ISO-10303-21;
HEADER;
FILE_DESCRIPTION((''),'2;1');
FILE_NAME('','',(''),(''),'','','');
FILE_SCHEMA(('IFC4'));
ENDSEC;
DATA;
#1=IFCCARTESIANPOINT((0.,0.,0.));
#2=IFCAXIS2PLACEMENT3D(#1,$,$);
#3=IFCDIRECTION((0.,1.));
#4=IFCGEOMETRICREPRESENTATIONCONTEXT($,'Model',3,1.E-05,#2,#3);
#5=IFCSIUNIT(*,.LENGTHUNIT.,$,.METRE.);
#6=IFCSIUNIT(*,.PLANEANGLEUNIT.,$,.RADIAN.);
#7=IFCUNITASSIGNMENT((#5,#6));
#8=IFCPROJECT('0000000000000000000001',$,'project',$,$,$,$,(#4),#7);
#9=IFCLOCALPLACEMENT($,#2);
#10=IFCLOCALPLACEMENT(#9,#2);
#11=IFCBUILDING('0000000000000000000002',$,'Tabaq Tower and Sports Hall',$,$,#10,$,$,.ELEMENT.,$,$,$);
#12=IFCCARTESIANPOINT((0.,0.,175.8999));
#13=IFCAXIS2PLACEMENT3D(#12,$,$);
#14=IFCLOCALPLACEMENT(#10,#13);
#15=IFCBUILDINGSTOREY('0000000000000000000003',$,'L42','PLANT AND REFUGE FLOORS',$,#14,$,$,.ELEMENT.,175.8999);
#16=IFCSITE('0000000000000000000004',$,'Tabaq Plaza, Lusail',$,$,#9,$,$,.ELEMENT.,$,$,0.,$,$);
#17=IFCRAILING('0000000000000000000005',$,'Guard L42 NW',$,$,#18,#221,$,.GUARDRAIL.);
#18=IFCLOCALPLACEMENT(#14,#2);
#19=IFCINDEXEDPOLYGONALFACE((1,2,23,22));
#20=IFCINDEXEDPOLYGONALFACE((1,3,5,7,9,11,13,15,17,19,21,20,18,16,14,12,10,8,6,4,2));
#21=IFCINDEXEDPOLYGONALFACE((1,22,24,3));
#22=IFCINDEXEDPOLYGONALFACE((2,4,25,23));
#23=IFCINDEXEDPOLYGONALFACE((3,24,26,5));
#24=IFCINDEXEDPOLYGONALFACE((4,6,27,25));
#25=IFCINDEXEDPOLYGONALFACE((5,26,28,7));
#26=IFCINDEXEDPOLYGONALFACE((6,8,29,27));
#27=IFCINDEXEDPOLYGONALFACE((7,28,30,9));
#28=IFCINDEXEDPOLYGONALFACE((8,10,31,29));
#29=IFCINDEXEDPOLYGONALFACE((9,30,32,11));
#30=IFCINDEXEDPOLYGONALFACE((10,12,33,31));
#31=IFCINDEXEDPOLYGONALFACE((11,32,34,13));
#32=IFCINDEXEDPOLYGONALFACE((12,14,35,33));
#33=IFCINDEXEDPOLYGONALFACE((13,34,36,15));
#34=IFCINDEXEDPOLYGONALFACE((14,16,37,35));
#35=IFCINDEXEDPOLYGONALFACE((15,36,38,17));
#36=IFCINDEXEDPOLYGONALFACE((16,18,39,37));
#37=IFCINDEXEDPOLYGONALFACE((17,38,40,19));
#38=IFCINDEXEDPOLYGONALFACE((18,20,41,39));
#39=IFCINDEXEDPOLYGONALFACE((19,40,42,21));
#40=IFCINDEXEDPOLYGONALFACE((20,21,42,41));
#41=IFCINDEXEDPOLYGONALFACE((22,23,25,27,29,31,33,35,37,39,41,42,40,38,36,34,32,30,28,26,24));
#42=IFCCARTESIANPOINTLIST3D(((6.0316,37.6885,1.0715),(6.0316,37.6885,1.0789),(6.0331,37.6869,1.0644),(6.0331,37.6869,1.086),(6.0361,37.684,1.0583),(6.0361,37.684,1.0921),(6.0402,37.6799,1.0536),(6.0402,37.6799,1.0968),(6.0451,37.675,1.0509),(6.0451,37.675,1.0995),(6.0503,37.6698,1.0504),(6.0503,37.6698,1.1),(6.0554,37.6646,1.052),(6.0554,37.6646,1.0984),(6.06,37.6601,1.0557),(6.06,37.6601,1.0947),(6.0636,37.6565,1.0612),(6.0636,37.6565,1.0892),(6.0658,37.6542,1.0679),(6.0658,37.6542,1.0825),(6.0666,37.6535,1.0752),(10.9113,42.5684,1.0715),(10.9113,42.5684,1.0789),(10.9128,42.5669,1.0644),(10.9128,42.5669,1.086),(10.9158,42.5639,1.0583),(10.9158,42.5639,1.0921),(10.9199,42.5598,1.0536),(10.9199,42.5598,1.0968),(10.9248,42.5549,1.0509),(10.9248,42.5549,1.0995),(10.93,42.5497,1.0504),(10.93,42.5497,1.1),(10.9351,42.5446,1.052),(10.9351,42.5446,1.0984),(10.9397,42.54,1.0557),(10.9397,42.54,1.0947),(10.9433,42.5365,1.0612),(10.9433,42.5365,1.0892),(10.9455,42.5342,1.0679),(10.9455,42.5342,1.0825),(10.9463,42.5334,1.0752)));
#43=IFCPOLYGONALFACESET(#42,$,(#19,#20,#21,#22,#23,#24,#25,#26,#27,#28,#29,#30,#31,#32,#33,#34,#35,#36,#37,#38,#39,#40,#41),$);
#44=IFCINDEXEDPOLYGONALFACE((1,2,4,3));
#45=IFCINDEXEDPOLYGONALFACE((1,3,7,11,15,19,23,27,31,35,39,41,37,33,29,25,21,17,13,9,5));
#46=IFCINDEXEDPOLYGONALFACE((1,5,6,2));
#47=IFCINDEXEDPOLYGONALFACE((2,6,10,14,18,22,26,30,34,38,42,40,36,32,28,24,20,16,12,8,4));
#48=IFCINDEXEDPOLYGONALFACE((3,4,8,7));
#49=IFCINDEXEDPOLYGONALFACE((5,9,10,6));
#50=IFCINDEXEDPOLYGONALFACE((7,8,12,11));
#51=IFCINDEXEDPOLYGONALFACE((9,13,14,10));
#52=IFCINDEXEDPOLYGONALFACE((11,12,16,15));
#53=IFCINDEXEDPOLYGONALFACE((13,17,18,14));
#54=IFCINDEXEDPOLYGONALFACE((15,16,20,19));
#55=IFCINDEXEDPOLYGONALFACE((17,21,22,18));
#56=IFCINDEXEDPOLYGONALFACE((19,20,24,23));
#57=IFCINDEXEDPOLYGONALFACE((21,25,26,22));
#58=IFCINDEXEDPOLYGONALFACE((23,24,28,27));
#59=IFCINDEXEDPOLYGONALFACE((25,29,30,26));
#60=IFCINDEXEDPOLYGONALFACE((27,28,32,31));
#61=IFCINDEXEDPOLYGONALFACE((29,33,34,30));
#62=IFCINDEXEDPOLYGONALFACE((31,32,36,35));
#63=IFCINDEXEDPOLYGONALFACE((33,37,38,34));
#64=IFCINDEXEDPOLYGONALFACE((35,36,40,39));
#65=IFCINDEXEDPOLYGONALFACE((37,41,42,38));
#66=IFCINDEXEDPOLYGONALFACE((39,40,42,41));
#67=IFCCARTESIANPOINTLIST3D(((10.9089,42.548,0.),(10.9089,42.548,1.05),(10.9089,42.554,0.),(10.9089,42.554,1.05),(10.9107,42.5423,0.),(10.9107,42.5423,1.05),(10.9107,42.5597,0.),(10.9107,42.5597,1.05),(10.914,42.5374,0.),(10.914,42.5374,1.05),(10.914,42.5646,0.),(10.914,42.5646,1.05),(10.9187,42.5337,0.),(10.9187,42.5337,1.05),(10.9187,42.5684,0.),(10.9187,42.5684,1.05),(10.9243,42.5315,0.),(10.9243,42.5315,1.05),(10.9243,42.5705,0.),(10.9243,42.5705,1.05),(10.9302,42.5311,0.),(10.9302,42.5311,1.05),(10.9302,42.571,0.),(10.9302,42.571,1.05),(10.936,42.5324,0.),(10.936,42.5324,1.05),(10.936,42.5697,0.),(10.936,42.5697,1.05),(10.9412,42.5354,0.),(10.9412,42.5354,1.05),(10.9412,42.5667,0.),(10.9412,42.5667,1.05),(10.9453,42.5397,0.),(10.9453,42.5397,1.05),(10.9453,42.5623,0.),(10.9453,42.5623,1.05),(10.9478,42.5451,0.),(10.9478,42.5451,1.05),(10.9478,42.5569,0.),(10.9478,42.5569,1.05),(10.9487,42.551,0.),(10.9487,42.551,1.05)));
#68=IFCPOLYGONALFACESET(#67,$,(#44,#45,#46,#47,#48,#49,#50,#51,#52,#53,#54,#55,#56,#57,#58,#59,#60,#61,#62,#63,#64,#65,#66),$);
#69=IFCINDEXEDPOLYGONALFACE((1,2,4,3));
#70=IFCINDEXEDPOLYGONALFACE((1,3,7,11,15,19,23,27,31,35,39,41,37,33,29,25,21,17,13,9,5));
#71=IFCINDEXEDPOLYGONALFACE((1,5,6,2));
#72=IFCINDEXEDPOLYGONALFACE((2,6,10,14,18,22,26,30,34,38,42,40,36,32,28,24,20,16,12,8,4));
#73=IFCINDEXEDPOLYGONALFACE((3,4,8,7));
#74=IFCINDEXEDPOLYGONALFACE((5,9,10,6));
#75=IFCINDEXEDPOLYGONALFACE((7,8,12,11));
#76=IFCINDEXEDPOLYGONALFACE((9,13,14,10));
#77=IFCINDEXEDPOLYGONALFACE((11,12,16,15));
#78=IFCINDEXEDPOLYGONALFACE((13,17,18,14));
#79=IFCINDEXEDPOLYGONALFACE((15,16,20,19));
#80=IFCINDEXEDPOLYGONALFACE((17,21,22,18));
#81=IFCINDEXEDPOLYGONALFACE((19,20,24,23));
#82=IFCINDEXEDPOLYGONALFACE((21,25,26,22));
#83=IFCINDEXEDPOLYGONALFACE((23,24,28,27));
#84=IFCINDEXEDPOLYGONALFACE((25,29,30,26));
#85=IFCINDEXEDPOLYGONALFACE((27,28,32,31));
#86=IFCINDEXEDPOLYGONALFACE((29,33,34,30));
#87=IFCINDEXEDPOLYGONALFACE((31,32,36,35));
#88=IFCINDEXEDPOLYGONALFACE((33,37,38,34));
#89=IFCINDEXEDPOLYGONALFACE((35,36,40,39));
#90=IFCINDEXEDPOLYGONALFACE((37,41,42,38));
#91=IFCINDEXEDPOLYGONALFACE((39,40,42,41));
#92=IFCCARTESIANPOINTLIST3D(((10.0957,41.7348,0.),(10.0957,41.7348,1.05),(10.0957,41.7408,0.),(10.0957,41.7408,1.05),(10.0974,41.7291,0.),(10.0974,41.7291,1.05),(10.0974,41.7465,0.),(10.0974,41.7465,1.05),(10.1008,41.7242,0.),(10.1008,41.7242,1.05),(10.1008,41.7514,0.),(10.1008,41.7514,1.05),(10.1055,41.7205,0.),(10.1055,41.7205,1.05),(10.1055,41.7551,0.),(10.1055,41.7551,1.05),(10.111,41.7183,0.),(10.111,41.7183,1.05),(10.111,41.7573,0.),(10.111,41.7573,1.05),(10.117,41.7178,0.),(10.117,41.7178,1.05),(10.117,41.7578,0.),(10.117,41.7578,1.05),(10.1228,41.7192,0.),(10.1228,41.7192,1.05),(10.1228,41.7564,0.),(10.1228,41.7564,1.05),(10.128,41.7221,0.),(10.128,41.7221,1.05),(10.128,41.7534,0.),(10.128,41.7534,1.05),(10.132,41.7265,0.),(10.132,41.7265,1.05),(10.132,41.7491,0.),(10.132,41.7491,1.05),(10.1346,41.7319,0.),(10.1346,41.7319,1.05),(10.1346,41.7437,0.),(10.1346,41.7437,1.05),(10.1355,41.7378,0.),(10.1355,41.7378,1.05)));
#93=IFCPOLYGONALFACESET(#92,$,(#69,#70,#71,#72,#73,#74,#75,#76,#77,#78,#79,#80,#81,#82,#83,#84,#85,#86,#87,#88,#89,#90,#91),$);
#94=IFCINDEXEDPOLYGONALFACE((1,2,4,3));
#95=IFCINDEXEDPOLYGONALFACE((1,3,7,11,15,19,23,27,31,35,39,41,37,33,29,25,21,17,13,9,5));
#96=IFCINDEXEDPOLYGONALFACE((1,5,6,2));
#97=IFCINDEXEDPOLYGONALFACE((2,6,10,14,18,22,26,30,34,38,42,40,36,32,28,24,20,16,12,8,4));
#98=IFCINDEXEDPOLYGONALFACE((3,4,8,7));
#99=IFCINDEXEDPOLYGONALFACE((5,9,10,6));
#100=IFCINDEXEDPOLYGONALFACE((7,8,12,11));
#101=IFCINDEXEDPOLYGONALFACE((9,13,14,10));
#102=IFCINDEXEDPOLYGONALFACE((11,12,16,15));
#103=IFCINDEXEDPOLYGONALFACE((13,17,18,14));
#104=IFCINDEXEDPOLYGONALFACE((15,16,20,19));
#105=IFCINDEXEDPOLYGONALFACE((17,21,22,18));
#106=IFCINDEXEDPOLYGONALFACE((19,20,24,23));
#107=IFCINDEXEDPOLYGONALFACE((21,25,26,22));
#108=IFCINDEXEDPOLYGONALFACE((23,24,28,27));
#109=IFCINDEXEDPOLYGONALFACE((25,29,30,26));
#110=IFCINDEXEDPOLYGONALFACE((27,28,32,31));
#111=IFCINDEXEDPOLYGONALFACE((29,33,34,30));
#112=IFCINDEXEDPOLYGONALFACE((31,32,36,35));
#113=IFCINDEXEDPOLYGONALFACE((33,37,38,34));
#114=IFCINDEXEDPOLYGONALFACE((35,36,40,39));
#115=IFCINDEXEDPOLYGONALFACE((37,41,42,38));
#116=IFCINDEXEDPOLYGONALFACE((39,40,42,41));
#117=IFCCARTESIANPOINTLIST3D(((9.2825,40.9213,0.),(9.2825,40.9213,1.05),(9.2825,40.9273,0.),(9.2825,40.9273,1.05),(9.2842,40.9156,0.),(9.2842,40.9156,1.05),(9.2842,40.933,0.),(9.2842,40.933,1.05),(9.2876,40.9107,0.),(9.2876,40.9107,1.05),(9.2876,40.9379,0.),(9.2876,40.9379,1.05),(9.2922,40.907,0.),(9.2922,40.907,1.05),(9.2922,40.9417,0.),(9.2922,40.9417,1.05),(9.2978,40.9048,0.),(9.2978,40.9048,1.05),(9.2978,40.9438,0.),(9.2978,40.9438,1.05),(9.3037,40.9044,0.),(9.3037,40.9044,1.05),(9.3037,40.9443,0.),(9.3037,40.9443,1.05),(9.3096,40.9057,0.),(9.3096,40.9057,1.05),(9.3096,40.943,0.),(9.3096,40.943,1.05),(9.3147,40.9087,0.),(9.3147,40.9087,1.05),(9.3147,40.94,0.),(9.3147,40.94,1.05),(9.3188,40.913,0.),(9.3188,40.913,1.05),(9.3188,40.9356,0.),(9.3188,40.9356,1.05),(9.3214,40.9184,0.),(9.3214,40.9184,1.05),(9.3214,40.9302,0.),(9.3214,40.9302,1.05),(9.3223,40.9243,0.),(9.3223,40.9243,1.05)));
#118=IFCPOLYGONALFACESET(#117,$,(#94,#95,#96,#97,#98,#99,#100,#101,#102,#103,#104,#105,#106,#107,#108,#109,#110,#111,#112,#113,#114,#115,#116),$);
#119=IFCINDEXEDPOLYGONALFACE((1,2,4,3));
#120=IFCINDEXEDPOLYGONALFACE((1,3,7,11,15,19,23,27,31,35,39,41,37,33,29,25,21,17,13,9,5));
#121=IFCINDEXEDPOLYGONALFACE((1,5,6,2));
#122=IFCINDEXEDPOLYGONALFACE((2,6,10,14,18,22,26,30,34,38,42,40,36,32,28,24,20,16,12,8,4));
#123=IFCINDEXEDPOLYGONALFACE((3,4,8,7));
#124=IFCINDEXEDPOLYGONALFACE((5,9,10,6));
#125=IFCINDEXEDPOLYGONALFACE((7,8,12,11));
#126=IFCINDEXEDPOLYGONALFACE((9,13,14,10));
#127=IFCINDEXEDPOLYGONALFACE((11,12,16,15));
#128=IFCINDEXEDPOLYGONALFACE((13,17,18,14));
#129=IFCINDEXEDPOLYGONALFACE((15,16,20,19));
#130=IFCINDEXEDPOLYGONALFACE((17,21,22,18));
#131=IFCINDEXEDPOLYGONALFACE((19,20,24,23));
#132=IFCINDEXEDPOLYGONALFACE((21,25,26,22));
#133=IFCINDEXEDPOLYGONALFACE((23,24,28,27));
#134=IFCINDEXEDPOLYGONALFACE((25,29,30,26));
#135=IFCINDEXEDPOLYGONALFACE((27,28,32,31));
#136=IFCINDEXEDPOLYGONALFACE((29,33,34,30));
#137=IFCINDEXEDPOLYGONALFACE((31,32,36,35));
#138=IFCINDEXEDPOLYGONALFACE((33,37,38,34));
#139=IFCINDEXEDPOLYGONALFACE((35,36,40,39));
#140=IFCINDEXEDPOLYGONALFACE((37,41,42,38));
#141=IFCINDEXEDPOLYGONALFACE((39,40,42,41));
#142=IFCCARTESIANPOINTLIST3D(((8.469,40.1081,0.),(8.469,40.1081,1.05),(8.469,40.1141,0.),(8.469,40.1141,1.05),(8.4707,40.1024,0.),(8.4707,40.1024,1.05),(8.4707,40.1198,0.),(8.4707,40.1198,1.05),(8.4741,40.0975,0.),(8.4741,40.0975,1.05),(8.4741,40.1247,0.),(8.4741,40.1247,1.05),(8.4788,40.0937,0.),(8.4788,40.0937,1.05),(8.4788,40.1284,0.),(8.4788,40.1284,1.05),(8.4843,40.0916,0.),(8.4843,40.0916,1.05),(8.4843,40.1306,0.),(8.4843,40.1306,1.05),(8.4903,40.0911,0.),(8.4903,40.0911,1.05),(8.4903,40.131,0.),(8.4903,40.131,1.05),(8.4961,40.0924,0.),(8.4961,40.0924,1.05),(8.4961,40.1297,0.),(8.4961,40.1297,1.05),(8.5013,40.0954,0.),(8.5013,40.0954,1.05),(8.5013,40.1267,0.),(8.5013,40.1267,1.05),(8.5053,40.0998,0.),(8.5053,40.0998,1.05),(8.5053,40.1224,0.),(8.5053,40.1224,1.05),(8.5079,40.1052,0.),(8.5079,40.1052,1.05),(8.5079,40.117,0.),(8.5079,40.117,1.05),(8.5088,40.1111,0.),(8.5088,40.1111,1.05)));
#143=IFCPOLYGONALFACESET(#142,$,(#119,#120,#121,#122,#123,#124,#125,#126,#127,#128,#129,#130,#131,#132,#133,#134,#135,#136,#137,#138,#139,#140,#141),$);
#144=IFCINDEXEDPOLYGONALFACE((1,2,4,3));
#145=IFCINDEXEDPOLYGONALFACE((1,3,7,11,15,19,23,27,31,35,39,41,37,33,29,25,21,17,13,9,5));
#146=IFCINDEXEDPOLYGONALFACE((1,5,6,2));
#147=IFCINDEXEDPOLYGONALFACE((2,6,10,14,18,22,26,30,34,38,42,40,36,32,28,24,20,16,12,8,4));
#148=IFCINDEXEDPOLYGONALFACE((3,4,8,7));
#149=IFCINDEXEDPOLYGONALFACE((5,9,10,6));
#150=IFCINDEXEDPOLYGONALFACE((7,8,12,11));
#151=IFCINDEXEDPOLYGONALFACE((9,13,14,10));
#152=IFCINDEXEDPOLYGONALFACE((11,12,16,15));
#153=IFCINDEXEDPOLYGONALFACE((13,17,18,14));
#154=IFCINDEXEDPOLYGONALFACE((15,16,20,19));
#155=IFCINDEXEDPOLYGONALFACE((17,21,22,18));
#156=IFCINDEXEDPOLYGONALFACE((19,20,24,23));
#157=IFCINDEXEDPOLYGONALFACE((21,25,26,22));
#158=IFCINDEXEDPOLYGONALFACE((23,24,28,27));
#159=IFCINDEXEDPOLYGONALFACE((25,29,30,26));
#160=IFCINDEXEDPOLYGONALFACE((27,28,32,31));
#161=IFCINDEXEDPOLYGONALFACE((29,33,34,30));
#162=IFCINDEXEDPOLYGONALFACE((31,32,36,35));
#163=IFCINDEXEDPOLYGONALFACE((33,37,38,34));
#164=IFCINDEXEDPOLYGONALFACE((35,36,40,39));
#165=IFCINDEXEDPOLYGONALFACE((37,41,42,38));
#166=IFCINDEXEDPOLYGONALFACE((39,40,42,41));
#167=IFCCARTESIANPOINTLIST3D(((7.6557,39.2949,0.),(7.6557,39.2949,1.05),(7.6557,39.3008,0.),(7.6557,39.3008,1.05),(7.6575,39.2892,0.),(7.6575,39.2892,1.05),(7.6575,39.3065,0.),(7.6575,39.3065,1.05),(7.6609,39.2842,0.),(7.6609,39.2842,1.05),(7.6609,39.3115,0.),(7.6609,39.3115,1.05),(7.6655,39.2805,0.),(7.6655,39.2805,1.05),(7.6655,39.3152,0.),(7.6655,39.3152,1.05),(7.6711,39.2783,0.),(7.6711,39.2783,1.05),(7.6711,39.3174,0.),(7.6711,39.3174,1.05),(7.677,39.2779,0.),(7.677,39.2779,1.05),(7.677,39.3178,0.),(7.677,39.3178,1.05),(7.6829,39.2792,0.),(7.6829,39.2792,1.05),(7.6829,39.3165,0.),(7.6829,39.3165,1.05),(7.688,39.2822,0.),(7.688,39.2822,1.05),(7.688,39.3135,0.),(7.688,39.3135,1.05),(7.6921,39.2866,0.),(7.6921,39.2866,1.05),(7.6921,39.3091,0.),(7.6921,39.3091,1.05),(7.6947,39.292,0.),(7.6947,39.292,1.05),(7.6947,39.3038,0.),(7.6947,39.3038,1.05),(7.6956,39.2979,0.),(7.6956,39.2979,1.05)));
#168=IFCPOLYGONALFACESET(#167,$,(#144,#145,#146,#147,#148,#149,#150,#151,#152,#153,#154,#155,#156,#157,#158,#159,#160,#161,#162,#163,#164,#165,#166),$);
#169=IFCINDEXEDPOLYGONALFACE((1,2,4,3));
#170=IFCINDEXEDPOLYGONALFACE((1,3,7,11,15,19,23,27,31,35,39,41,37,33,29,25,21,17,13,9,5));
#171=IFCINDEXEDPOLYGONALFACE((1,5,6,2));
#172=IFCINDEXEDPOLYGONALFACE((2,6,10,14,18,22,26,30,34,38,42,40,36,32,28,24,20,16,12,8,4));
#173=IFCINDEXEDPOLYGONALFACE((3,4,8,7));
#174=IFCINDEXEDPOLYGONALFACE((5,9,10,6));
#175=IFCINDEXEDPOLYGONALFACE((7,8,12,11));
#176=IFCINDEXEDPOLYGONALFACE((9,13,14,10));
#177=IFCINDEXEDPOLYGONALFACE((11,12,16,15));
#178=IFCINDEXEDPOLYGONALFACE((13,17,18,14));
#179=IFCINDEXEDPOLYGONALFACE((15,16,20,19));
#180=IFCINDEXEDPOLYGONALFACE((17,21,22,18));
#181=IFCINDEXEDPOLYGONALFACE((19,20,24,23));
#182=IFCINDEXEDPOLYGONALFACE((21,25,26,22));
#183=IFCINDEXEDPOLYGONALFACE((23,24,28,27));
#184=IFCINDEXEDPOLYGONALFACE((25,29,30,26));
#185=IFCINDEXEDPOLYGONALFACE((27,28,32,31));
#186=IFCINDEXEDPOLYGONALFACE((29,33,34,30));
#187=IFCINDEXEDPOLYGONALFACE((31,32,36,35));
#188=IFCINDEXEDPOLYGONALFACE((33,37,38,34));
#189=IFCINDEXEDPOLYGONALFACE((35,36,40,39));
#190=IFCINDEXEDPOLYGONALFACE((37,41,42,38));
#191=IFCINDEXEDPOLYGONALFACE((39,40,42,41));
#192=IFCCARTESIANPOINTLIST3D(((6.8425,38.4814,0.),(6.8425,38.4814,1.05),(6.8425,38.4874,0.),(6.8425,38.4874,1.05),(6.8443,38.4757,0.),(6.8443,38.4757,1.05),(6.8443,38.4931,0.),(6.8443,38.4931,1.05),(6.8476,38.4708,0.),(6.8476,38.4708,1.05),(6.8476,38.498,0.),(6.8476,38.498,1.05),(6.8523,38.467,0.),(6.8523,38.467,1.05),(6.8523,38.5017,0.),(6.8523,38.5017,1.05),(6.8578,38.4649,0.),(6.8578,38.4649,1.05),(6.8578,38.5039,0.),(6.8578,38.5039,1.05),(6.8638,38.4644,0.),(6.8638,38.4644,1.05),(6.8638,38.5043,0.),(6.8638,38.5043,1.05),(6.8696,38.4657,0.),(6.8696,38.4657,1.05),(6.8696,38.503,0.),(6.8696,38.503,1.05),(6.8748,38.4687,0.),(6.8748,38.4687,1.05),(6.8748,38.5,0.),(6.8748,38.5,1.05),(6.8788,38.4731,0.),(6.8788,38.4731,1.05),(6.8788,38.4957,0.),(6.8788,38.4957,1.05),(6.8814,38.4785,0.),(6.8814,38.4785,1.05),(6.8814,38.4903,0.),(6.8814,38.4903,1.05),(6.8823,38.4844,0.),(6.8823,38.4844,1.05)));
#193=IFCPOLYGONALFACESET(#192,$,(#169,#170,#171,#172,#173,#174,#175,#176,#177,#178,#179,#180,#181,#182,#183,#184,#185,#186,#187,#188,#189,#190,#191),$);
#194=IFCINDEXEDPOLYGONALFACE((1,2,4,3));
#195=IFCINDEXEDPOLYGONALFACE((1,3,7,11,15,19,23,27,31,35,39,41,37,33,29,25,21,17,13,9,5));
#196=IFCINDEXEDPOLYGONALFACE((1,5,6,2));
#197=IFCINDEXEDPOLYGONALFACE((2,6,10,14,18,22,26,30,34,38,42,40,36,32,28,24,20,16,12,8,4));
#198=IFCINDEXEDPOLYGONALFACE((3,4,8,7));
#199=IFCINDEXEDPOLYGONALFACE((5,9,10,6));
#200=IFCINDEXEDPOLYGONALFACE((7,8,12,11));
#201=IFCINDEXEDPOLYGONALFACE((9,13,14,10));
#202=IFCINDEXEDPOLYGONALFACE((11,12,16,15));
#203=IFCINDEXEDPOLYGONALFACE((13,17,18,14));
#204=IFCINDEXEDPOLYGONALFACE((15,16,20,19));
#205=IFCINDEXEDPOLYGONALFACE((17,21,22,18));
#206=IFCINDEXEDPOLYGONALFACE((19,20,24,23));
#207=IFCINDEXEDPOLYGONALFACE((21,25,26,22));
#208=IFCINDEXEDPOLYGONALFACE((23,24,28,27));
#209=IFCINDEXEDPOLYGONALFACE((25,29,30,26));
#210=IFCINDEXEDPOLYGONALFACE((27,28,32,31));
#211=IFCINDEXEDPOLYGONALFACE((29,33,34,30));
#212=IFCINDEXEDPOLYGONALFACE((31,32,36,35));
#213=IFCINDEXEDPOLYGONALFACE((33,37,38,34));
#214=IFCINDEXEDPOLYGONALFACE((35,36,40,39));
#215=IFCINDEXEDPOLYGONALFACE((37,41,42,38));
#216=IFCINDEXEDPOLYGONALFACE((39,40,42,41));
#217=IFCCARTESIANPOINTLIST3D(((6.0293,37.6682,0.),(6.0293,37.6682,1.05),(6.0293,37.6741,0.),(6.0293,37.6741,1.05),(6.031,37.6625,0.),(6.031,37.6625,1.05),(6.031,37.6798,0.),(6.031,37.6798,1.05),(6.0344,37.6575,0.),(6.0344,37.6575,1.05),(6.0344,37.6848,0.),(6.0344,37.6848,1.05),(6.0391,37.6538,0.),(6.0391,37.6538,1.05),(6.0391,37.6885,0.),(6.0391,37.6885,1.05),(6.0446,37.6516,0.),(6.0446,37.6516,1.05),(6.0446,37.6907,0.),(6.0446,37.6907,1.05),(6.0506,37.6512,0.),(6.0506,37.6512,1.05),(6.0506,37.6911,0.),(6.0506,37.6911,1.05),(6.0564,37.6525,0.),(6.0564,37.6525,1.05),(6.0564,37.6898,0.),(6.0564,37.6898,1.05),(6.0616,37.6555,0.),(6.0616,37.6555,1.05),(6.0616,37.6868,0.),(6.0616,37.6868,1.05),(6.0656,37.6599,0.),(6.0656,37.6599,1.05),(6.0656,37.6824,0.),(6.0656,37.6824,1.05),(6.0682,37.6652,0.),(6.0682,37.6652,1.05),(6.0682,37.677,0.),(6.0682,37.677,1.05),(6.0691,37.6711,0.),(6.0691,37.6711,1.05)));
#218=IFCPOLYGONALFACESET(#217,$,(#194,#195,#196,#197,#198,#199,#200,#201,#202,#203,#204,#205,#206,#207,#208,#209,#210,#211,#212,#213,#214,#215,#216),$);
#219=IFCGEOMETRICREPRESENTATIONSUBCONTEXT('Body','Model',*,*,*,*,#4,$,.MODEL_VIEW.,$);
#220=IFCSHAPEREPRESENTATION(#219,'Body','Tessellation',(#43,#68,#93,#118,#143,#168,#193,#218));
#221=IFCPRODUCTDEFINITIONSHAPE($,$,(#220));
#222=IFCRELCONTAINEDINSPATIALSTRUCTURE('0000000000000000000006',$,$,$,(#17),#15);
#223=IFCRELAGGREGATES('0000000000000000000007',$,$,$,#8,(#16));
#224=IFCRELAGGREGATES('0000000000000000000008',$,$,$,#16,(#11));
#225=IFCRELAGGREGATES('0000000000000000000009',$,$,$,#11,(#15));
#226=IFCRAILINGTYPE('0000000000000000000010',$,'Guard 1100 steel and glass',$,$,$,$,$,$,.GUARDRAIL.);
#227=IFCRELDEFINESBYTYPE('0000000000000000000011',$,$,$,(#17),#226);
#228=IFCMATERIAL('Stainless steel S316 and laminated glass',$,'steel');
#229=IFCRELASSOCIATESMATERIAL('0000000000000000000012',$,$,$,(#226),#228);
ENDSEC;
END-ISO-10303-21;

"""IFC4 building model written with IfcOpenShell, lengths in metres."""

from ifc_helpers import new_model, si_unit, direction, frame, origin, origin_2d, place, context, subcontext, project, spatial, circle, extrude, material, type_object, element, save


model = new_model("IFC4")

# Units and contexts
model_context = context("Model", 3, precision=1e-05, world=origin(), true_north=direction((0.0, 1.0)))
body_context = subcontext(model_context, "Body", "Model", "MODEL_VIEW")
ifc_project = project(units=[si_unit("LENGTHUNIT", "METRE"), si_unit("PLANEANGLEUNIT", "RADIAN")], contexts=[model_context])

# Site, building, storey
site_placement = place(None, origin())
site = spatial("IfcSite", under=ifc_project, at=site_placement, Name="Tabaq Plaza, Lusail", CompositionType="ELEMENT", RefElevation=0.0)
building_placement = place(site_placement, origin())
building = spatial("IfcBuilding", under=site, at=building_placement, Name="Tabaq Tower and Sports Hall", CompositionType="ELEMENT")
storey_placement = place(building_placement, frame((0.0, 0.0, 175.8999)))
storey = spatial("IfcBuildingStorey", under=building, at=storey_placement, Name="L42", Description="PLANT AND REFUGE FLOORS", CompositionType="ELEMENT", Elevation=175.8999)

# Railing
ifc_material_1 = material(Name="Stainless steel S316 and laminated glass", Category="steel")
railing_type_1 = type_object("IfcRailingType", Name="Guard 1100 steel and glass", PredefinedType="GUARDRAIL", material=ifc_material_1)
railing_1_placement = place(storey_placement, frame((10.9287, 42.551, 0.0)))
element("IfcRailing", 1, at=railing_1_placement, inside=storey, type_object=railing_type_1, Name="Guard L42 NW", PredefinedType="GUARDRAIL", context=body_context, shape_type="SweptSolid", body=[
    extrude(circle(Radius=0.0249, at=origin_2d()), frame((0.0, 0.0, 1.0752), z_axis=(-0.707089, -0.707124, 0.0), x_axis=(0.707124, -0.707089, 0.0)), (0.0, 0.0, 1.0), 6.9011),
    extrude(circle(Radius=0.02, at=origin_2d()), origin(), (0.0, 0.0, 1.0), 1.05),
    extrude(circle(Radius=0.02, at=origin_2d()), frame((-0.8132, -0.8132, 0.0)), (0.0, 0.0, 1.0), 1.05),
    extrude(circle(Radius=0.02, at=origin_2d()), frame((-1.6265, -1.6267, 0.0)), (0.0, 0.0, 1.0), 1.05),
    extrude(circle(Radius=0.02, at=origin_2d()), frame((-2.4399, -2.4399, 0.0)), (0.0, 0.0, 1.0), 1.05),
    extrude(circle(Radius=0.02, at=origin_2d()), frame((-3.2532, -3.2532, 0.0)), (0.0, 0.0, 1.0), 1.05),
    extrude(circle(Radius=0.02, at=origin_2d()), frame((-4.0664, -4.0667, 0.0)), (0.0, 0.0, 1.0), 1.05),
    extrude(circle(Radius=0.02, at=origin_2d()), frame((-4.8796, -4.8799, 0.0)), (0.0, 0.0, 1.0), 1.05),
])

save(model, "model.ifc")
